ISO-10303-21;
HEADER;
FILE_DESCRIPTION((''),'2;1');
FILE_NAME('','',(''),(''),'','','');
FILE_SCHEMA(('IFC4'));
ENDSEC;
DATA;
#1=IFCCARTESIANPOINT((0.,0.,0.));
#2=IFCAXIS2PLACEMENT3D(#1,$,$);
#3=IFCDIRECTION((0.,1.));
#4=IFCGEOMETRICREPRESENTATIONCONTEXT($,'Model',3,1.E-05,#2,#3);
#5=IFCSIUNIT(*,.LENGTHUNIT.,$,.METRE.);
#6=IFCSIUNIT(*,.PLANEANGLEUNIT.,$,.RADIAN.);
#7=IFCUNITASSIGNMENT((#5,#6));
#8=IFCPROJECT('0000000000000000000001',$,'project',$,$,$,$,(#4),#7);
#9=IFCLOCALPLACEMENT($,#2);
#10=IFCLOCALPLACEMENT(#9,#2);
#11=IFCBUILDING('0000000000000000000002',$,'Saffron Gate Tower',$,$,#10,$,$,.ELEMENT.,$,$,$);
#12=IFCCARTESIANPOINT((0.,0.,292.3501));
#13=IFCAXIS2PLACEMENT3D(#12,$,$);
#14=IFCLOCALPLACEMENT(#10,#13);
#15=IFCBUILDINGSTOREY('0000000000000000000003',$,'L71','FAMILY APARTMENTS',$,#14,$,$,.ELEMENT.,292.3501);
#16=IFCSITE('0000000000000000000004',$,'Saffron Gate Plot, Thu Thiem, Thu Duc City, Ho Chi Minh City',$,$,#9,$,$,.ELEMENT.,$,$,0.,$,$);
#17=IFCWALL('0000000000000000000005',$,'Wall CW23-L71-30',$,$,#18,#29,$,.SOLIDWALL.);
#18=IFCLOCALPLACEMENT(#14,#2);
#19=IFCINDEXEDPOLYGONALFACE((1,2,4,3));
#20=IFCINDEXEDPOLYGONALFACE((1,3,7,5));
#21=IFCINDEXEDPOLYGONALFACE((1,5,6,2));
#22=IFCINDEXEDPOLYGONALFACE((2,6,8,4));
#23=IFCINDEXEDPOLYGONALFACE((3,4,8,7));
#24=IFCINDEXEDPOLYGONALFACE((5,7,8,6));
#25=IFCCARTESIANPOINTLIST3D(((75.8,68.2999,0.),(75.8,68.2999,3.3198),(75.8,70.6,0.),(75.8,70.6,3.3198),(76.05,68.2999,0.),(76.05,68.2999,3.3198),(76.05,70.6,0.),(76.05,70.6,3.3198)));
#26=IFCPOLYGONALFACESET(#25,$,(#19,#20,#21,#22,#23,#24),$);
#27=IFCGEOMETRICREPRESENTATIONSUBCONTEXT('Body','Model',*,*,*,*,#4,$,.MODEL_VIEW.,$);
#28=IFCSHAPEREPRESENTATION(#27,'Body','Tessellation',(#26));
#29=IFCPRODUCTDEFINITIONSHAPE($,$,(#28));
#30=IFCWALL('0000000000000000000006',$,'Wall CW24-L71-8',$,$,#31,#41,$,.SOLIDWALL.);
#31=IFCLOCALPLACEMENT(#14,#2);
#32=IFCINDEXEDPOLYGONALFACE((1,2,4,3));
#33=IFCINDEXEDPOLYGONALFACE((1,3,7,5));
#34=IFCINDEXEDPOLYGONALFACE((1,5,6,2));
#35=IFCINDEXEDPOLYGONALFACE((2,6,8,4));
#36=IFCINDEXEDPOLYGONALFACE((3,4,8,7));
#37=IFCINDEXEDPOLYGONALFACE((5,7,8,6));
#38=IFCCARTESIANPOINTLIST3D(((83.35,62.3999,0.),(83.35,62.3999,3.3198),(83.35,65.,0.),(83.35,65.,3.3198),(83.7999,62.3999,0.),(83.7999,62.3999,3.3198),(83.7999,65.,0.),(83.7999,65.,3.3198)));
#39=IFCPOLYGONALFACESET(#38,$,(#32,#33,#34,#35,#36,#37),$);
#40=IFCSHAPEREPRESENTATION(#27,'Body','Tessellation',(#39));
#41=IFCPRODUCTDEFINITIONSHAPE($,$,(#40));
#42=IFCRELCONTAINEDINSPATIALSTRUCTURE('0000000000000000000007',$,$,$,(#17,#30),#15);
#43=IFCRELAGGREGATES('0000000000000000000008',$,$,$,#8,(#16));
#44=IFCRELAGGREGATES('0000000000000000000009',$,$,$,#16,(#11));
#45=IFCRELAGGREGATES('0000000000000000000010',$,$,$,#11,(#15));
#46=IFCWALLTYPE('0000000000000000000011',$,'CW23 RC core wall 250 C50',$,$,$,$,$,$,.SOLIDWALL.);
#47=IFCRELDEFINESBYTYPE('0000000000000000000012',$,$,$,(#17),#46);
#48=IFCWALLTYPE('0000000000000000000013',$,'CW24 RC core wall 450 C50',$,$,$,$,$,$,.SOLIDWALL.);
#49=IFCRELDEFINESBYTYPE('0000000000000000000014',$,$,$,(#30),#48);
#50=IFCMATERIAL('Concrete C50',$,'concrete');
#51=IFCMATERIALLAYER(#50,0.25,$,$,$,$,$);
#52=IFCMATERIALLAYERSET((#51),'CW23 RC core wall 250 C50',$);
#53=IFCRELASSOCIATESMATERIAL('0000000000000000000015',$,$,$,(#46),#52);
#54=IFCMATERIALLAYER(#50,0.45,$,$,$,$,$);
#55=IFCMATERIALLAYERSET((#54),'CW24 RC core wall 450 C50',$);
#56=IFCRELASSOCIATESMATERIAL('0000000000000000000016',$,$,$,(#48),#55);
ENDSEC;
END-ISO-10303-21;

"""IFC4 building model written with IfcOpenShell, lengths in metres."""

from ifc_helpers import new_model, si_unit, direction, frame, frame_2d, origin, place, context, subcontext, project, spatial, rectangle, extrude, material, layer, layer_set, type_object, element, save


model = new_model("IFC4")

# Units and contexts
model_context = context("Model", 3, precision=1e-05, world=origin(), true_north=direction((0.0, 1.0)))
body_context = subcontext(model_context, "Body", "Model", "MODEL_VIEW")
ifc_project = project(units=[si_unit("LENGTHUNIT", "METRE"), si_unit("PLANEANGLEUNIT", "RADIAN")], contexts=[model_context])

# Site, building, storey
site_placement = place(None, origin())
site = spatial("IfcSite", under=ifc_project, at=site_placement, Name="Saffron Gate Plot, Thu Thiem, Thu Duc City, Ho Chi Minh City", CompositionType="ELEMENT", RefElevation=0.0)
building_placement = place(site_placement, origin())
building = spatial("IfcBuilding", under=site, at=building_placement, Name="Saffron Gate Tower", CompositionType="ELEMENT")
storey_placement = place(building_placement, frame((0.0, 0.0, 292.3501)))
storey = spatial("IfcBuildingStorey", under=building, at=storey_placement, Name="L71", Description="FAMILY APARTMENTS", CompositionType="ELEMENT", Elevation=292.3501)

# Walls
ifc_material_1 = material(Name="Concrete C50", Category="concrete")
ifc_layer_1 = layer(ifc_material_1, 0.25)
ifc_layer_set_1 = layer_set([ifc_layer_1], Name="CW23 RC core wall 250 C50")
wall_type_1 = type_object("IfcWallType", Name="CW23 RC core wall 250 C50", PredefinedType="SOLIDWALL", material=ifc_layer_set_1)
wall_1_placement = place(storey_placement, frame((75.925, 68.3, 0.0), z_axis=(0.0, 0.0, 1.0), x_axis=(0.0, 1.0, 0.0)))
element("IfcWall", 1, at=wall_1_placement, inside=storey, type_object=wall_type_1, Name="Wall CW23-L71-30", PredefinedType="SOLIDWALL", context=body_context, shape_type="SweptSolid", body=[
    extrude(rectangle(XDim=2.3, YDim=0.25, at=frame_2d((1.1499, 0.0))), origin(), (0.0, 0.0, 1.0), 3.3198),
])
ifc_layer_2 = layer(ifc_material_1, 0.45)
ifc_layer_set_2 = layer_set([ifc_layer_2], Name="CW24 RC core wall 450 C50")
wall_type_2 = type_object("IfcWallType", Name="CW24 RC core wall 450 C50", PredefinedType="SOLIDWALL", material=ifc_layer_set_2)
wall_2_placement = place(storey_placement, frame((83.575, 62.3999, 0.0), z_axis=(0.0, 0.0, 1.0), x_axis=(0.0, 1.0, 0.0)))
element("IfcWall", 2, at=wall_2_placement, inside=storey, type_object=wall_type_2, Name="Wall CW24-L71-8", PredefinedType="SOLIDWALL", context=body_context, shape_type="SweptSolid", body=[
    extrude(rectangle(XDim=2.6001, YDim=0.45, at=frame_2d((1.3, 0.0))), origin(), (0.0, 0.0, 1.0), 3.3198),
])

save(model, "model.ifc")
